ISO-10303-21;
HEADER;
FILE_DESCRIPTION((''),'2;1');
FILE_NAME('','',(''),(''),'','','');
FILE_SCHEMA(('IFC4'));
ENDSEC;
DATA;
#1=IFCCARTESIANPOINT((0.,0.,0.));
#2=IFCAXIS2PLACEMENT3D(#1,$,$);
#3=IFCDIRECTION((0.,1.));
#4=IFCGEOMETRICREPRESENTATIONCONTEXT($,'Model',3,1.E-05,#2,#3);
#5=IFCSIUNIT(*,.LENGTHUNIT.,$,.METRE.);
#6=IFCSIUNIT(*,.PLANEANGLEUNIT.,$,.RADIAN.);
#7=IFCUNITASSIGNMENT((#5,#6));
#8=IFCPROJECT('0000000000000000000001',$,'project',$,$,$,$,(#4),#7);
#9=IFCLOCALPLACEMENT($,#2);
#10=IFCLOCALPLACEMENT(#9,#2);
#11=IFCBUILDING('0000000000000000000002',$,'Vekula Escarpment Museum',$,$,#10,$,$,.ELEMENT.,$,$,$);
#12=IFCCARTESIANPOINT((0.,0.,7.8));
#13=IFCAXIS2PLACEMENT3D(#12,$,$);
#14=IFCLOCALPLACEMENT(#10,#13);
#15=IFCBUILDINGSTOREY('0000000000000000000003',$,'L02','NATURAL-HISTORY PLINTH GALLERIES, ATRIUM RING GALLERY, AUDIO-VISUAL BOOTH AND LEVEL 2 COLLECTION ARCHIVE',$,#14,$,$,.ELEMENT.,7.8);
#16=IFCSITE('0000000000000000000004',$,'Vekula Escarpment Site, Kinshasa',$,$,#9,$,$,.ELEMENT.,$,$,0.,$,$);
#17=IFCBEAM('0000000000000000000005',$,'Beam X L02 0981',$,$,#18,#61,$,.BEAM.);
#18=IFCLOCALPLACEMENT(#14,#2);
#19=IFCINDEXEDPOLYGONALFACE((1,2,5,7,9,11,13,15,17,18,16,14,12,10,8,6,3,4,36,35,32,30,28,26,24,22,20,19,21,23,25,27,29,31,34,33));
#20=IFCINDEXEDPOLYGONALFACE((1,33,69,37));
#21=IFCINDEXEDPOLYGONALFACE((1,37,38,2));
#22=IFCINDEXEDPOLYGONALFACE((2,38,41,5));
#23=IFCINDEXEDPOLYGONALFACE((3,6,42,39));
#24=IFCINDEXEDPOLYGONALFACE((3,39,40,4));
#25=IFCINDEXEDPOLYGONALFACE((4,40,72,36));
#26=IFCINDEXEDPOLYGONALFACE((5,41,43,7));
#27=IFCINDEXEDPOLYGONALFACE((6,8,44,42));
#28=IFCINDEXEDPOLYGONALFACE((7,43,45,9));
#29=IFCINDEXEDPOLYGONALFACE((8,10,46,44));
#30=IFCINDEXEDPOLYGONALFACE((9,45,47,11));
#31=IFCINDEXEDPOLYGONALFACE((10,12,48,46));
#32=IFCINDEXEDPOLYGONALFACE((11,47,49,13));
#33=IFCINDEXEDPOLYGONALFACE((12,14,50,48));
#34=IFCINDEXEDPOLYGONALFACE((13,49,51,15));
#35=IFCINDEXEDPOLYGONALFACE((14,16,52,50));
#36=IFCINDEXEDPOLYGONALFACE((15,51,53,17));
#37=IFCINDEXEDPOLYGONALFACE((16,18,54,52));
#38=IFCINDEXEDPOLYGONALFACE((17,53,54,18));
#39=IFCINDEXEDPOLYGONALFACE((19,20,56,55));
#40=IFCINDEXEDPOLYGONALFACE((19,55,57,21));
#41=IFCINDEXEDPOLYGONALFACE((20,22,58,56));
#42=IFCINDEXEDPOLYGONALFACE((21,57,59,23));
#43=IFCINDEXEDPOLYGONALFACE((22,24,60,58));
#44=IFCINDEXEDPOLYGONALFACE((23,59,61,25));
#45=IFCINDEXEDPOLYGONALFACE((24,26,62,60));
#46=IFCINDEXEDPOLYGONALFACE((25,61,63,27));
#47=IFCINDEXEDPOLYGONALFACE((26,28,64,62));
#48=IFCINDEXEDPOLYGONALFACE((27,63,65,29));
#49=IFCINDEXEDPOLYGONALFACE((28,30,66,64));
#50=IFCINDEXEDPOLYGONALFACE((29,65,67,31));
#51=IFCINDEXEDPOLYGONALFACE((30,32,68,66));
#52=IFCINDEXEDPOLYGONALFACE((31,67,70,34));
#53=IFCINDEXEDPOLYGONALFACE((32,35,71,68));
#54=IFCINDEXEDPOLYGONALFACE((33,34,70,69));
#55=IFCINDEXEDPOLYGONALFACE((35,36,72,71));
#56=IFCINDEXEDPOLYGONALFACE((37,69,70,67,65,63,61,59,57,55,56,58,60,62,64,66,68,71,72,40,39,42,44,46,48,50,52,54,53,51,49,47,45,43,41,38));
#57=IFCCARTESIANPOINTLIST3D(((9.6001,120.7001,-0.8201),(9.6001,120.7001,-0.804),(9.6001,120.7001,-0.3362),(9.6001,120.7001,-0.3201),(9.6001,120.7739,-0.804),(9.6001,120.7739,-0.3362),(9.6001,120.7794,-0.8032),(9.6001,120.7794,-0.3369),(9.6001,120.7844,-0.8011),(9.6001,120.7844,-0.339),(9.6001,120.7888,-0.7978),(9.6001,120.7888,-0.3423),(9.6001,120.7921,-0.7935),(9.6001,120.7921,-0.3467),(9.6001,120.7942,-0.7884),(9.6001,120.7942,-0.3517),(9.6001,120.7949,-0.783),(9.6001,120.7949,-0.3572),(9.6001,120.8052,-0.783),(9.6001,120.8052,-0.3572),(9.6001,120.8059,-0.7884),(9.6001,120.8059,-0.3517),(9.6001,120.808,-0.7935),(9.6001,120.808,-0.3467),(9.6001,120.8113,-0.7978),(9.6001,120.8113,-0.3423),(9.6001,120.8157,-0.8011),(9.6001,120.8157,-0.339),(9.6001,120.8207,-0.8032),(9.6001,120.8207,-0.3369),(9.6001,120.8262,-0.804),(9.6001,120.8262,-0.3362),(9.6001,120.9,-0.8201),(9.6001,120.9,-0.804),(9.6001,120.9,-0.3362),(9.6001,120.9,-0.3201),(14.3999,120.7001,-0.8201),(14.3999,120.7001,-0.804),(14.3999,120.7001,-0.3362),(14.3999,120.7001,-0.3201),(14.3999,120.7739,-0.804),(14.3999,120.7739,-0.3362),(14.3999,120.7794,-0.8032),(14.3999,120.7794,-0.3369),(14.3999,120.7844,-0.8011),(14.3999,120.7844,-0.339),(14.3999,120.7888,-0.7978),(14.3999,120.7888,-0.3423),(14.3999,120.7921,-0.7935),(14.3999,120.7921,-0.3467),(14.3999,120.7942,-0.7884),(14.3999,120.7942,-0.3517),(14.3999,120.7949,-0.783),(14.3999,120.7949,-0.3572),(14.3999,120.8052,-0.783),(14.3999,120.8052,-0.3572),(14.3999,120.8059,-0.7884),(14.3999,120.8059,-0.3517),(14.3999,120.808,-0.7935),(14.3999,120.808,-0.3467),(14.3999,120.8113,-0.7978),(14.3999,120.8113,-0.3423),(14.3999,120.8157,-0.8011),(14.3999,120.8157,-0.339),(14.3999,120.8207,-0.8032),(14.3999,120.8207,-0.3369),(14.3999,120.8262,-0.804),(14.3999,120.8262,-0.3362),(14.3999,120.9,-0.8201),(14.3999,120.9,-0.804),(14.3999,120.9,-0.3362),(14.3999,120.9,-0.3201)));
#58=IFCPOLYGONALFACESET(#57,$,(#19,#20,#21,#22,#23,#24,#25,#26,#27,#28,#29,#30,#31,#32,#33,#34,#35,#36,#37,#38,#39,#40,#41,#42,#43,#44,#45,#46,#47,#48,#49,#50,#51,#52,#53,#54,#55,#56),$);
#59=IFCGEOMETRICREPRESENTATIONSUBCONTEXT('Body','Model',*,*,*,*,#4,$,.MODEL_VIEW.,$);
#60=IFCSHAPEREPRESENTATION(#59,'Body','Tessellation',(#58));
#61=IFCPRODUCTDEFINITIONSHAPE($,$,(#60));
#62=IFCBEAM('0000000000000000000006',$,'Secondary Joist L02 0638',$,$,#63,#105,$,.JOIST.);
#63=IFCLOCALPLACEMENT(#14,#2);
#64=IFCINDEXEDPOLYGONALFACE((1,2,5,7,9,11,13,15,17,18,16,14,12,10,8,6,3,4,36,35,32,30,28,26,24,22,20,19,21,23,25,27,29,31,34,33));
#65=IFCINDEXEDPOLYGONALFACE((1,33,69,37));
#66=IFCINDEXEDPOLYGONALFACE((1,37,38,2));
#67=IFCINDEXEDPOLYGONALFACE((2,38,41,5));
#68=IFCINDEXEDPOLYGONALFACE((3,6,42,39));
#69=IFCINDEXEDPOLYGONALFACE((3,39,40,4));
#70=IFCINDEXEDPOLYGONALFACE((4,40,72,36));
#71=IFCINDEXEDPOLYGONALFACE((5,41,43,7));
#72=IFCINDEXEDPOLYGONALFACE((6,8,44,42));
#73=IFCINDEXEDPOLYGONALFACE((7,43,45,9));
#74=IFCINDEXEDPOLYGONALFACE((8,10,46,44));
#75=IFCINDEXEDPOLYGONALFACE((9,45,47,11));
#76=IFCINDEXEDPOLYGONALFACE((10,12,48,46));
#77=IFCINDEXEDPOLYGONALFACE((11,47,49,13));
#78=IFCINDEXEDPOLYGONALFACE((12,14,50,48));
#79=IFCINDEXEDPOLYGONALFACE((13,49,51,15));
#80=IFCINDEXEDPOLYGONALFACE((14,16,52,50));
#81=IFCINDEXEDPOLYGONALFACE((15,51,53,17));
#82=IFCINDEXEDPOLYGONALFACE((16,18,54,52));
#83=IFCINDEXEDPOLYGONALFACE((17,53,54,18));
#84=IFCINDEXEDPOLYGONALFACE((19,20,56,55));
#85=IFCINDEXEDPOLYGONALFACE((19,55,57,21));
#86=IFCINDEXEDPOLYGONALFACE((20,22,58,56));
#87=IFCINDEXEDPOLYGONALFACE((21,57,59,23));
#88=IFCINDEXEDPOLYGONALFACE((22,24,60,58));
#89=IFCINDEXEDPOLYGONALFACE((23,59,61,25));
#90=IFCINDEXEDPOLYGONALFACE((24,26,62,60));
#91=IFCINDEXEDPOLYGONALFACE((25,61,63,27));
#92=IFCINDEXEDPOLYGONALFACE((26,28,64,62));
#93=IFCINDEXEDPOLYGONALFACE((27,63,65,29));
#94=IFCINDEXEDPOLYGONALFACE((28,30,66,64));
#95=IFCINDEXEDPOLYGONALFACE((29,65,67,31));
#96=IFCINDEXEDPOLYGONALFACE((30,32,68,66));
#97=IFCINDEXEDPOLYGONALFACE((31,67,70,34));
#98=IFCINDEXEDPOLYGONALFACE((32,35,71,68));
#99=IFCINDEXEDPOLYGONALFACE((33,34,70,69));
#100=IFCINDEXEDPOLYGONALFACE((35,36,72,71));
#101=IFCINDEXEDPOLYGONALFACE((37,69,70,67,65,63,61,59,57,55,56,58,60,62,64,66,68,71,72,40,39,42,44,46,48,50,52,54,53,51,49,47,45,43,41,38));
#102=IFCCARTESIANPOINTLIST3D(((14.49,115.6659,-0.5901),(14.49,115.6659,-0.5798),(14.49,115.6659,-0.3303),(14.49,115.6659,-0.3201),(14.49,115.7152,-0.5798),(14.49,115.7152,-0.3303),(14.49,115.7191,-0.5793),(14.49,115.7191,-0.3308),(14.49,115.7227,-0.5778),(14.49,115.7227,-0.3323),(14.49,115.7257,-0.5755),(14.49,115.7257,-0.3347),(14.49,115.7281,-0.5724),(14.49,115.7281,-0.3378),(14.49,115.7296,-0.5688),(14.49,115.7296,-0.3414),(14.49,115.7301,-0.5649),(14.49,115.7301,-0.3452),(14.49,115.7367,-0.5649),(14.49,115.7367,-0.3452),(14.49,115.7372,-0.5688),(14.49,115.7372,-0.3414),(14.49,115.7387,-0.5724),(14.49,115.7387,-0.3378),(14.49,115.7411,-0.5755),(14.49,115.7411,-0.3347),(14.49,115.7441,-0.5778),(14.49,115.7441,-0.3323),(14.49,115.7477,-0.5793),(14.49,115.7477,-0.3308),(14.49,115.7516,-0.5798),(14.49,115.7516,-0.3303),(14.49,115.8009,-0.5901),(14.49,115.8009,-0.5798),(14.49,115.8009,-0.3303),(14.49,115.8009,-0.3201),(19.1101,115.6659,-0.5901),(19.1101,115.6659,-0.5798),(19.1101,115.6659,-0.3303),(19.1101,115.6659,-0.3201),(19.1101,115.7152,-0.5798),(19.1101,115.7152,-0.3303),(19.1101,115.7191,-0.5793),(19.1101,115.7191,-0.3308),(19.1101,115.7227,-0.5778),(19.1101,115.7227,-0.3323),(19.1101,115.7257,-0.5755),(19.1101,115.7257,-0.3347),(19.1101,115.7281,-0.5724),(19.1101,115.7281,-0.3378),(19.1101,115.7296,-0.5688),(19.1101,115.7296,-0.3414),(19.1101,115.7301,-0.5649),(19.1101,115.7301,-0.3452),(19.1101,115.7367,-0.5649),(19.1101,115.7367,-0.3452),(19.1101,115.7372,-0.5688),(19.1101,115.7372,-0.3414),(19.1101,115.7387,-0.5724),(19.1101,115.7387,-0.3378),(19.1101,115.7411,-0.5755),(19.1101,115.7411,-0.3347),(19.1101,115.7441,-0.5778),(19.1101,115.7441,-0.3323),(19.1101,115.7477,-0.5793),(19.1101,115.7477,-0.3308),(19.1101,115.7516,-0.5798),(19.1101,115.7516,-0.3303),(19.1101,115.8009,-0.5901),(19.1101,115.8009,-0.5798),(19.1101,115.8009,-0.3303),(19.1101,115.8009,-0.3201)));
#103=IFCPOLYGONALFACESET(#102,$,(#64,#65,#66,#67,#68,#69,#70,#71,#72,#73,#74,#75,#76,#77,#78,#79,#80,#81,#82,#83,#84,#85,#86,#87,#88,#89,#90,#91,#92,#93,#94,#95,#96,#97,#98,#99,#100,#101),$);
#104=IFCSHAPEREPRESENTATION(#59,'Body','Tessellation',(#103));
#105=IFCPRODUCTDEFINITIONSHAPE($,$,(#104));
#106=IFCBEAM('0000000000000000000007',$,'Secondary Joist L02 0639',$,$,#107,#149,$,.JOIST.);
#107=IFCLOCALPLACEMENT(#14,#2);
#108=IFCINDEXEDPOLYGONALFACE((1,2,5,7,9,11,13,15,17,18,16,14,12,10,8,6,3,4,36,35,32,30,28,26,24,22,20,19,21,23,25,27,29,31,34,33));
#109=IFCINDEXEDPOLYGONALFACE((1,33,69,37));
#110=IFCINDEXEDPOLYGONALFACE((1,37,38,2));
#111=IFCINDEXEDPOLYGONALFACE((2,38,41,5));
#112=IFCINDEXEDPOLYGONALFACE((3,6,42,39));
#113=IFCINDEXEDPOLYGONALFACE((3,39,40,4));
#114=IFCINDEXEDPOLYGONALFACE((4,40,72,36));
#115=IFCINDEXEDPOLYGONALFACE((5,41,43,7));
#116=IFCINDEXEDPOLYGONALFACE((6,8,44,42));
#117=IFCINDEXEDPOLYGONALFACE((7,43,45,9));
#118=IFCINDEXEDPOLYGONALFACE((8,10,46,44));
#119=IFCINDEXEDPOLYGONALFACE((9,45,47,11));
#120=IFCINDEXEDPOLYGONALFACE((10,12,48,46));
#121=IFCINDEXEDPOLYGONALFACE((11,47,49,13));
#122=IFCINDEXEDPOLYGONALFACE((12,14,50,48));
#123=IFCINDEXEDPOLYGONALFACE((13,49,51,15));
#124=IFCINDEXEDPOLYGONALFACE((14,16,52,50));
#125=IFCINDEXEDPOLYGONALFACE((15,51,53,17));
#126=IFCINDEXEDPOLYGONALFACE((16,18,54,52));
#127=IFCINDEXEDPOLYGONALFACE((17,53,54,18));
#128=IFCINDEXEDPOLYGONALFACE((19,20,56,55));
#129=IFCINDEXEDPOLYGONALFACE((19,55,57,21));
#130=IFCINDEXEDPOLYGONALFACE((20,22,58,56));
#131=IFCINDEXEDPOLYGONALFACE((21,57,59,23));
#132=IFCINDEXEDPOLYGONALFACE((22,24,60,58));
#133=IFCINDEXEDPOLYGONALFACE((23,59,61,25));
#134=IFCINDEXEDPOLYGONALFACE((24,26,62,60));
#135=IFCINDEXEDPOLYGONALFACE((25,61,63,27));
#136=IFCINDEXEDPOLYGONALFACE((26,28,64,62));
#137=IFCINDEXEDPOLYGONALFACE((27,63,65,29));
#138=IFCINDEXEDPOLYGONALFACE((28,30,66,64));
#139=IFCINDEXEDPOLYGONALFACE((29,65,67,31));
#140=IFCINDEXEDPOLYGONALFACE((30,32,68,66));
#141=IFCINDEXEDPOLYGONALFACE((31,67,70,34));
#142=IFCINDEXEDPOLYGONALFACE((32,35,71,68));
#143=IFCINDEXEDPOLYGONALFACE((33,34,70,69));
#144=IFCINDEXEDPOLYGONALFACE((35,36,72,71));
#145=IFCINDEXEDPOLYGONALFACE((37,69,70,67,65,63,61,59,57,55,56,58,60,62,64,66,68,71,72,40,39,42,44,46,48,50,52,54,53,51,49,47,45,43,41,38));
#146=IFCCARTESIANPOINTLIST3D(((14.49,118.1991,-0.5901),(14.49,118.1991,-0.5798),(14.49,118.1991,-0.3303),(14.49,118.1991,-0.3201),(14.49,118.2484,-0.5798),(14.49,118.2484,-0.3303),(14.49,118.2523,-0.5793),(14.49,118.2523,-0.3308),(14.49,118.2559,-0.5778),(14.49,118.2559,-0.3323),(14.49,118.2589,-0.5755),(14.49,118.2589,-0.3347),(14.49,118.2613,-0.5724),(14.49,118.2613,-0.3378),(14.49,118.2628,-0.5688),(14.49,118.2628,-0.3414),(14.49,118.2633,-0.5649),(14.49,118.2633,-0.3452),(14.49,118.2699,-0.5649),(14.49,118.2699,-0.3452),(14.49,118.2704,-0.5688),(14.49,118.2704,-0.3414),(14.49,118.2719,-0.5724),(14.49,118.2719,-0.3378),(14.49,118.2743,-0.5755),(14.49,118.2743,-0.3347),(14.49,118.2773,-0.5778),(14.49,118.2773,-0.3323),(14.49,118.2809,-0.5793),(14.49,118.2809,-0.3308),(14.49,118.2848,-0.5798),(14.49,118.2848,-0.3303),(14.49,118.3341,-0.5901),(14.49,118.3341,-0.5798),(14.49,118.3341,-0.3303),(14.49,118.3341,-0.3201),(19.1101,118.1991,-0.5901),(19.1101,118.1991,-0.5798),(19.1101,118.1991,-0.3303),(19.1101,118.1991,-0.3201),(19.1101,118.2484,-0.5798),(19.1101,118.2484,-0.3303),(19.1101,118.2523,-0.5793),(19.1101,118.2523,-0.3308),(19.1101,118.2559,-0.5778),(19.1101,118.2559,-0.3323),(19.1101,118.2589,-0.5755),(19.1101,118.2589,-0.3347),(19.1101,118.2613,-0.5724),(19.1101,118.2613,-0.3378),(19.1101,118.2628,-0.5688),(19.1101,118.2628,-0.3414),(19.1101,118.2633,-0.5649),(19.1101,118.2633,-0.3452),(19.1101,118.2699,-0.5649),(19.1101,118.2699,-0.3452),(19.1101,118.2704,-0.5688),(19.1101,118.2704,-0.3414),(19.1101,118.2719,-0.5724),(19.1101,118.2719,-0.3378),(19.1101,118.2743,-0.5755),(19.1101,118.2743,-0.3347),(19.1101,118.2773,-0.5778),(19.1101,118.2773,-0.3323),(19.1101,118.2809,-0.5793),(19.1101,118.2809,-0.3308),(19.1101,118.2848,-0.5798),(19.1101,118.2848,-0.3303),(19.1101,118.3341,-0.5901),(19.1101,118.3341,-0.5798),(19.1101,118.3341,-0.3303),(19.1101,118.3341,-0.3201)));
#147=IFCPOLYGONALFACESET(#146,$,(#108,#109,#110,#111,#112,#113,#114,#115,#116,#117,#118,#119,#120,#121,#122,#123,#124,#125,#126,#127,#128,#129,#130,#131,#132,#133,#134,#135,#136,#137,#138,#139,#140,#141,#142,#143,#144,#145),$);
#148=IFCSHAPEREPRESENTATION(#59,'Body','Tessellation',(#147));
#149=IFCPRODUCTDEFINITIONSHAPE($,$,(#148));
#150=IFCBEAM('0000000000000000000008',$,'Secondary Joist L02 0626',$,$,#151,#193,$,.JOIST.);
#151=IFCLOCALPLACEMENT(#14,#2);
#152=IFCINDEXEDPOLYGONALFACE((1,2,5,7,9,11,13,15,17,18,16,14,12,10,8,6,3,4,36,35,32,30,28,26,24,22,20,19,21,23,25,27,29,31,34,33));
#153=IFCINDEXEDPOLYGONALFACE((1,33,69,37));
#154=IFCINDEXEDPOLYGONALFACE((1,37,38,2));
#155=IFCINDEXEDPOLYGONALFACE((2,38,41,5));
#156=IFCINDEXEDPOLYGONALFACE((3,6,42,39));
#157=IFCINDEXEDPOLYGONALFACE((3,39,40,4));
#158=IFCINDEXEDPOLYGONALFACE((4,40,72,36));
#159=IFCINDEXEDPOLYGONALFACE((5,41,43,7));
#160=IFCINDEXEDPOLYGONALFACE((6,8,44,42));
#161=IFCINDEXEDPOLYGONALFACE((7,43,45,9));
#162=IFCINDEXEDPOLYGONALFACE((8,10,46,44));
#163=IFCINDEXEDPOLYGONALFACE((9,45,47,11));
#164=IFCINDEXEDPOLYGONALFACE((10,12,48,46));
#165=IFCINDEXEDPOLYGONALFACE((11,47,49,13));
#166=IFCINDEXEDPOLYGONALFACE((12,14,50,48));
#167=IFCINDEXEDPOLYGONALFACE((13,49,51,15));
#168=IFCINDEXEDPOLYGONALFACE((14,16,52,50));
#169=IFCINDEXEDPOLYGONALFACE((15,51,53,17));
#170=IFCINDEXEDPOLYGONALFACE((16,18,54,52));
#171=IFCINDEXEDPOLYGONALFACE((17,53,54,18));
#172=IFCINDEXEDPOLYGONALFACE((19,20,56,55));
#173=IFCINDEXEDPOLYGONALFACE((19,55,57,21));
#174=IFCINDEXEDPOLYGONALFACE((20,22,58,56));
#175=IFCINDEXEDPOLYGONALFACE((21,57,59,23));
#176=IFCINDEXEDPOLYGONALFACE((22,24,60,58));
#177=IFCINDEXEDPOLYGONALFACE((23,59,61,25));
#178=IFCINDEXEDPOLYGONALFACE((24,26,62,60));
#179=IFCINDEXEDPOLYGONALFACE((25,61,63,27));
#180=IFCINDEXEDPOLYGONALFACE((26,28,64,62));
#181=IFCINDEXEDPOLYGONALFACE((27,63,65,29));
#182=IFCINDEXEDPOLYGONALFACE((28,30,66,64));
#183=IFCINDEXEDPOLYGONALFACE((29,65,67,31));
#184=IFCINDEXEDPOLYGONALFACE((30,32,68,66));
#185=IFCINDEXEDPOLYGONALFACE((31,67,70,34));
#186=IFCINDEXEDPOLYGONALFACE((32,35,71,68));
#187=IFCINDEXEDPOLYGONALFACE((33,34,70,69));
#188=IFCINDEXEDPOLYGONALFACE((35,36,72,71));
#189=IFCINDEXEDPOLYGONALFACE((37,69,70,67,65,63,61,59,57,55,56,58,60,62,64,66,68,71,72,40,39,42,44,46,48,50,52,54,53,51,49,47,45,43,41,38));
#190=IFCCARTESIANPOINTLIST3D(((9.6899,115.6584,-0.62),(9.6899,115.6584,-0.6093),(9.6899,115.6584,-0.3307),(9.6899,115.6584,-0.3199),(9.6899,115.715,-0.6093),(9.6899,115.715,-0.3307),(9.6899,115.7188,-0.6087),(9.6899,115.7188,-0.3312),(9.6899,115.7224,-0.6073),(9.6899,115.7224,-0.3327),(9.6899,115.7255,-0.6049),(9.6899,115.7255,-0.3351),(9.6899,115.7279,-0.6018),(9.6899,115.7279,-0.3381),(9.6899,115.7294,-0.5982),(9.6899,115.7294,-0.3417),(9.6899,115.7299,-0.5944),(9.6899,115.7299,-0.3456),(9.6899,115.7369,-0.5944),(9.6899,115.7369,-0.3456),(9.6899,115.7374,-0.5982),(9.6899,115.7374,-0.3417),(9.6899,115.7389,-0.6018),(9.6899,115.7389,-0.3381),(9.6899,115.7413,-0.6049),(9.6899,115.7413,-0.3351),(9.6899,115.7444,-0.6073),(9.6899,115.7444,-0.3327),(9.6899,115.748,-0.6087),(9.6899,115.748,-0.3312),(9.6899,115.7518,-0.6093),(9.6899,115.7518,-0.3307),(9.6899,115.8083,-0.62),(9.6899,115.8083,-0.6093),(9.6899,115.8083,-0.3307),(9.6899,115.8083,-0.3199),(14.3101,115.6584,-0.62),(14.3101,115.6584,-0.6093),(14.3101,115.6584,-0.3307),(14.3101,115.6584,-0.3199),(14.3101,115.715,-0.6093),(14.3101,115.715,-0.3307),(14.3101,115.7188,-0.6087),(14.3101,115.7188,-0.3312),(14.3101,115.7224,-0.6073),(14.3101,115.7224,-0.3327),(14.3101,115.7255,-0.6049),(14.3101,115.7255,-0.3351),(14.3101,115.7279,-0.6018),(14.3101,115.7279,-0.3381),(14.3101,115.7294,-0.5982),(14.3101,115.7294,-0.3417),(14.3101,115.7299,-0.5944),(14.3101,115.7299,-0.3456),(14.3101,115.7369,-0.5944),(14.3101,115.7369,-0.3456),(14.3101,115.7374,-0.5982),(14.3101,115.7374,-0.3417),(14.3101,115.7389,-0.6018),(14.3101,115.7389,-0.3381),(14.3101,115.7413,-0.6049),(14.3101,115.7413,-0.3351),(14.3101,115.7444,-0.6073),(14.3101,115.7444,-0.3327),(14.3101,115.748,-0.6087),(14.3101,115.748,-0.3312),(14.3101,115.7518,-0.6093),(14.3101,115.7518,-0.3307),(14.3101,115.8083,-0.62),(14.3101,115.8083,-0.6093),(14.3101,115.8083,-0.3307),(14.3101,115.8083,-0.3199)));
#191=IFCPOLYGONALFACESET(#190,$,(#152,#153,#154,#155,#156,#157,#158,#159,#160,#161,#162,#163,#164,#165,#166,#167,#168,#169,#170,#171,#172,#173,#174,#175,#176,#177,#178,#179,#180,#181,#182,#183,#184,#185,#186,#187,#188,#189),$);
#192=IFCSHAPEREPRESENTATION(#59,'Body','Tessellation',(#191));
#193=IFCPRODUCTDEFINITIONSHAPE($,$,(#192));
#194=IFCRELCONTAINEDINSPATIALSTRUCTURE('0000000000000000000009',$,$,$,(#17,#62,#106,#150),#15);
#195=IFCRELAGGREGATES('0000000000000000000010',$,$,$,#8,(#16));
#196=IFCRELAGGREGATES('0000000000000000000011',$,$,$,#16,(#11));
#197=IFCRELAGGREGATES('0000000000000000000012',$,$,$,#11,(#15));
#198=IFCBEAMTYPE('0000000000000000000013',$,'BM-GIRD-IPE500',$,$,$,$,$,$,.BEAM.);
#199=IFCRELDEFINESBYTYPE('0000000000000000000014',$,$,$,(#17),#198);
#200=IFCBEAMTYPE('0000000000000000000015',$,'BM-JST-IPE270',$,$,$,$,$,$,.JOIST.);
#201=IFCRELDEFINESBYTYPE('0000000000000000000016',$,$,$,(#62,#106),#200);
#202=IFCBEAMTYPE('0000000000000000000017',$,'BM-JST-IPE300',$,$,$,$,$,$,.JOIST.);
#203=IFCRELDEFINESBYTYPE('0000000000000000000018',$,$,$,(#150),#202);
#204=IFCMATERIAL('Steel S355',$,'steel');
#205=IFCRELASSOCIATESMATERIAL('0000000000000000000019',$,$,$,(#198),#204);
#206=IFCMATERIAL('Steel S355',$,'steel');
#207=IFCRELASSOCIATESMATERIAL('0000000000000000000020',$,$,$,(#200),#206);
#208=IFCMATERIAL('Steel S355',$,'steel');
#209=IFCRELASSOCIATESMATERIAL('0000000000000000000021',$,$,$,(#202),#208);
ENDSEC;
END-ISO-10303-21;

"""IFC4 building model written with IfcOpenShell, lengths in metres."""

from ifc_helpers import new_model, si_unit, direction, frame, origin, origin_2d, place, context, subcontext, project, spatial, i_section, extrude, material, material_profile, profile_set, type_object, element, save


model = new_model("IFC4")

# Units and contexts
model_context = context("Model", 3, precision=1e-05, world=origin(), true_north=direction((0.0, 1.0)))
body_context = subcontext(model_context, "Body", "Model", "MODEL_VIEW")
ifc_project = project(units=[si_unit("LENGTHUNIT", "METRE"), si_unit("PLANEANGLEUNIT", "RADIAN")], contexts=[model_context])

# Site, building, storey
site_placement = place(None, origin())
site = spatial("IfcSite", under=ifc_project, at=site_placement, Name="Vekula Escarpment Site, Kinshasa", CompositionType="ELEMENT", RefElevation=0.0)
building_placement = place(site_placement, origin())
building = spatial("IfcBuilding", under=site, at=building_placement, Name="Vekula Escarpment Museum", CompositionType="ELEMENT")
storey_placement = place(building_placement, frame((0.0, 0.0, 7.8)))
storey = spatial("IfcBuildingStorey", under=building, at=storey_placement, Name="L02", Description="NATURAL-HISTORY PLINTH GALLERIES, ATRIUM RING GALLERY, AUDIO-VISUAL BOOTH AND LEVEL 2 COLLECTION ARCHIVE", CompositionType="ELEMENT", Elevation=7.8)

# Beams
ifc_material_1 = material(Name="Steel S355", Category="steel")
ifc_material_profile_1 = material_profile(ifc_material_1, i_section(OverallWidth=0.2, OverallDepth=0.5, WebThickness=0.0103, FlangeThickness=0.0161, FilletRadius=0.021, at=origin_2d()), Name="IPE 500")
ifc_profile_set_1 = profile_set([ifc_material_profile_1], Name="Steel S355")
beam_type_1 = type_object("IfcBeamType", Name="BM-GIRD-IPE500", PredefinedType="BEAM", material=ifc_profile_set_1)
beam_1_placement = place(storey_placement, frame((9.6001, 120.8, -0.5701), z_axis=(1.0, 0.0, 0.0), x_axis=(0.0, 1.0, 0.0)))
element("IfcBeam", 1, at=beam_1_placement, inside=storey, type_object=beam_type_1, Name="Beam X L02 0981", PredefinedType="BEAM", context=body_context, shape_type="SweptSolid", body=[
    extrude(i_section(OverallWidth=0.2, OverallDepth=0.5, WebThickness=0.0103, FlangeThickness=0.0161, FilletRadius=0.021, at=origin_2d()), origin(), (0.0, 0.0, 1.0), 4.7998),
])
ifc_material_2 = material(Name="Steel S355", Category="steel")
ifc_material_profile_2 = material_profile(ifc_material_2, i_section(OverallWidth=0.135, OverallDepth=0.27, WebThickness=0.0066, FlangeThickness=0.0103, FilletRadius=0.0149, at=origin_2d()), Name="IPE 270")
ifc_profile_set_2 = profile_set([ifc_material_profile_2], Name="Steel S355")
beam_type_2 = type_object("IfcBeamType", Name="BM-JST-IPE270", PredefinedType="JOIST", material=ifc_profile_set_2)
for number, where, z_axis, x_axis, name in (
    (2, (14.49, 115.7334, -0.4551), (1.0, 0.0, 0.0), (0.0, 1.0, 0.0), "Secondary Joist L02 0638"),
    (3, (14.49, 118.2666, -0.4551), (1.0, 0.0, 0.0), (0.0, 1.0, 0.0), "Secondary Joist L02 0639"),
):
    element("IfcBeam", number, at=place(storey_placement, frame(where, z_axis=z_axis, x_axis=x_axis)), inside=storey, type_object=beam_type_2, Name=name, PredefinedType="JOIST", context=body_context, shape_type="SweptSolid", body=[
        extrude(i_section(OverallWidth=0.135, OverallDepth=0.27, WebThickness=0.0066, FlangeThickness=0.0103, FilletRadius=0.0149, at=origin_2d()), origin(), (0.0, 0.0, 1.0), 4.6201),
    ])
ifc_material_3 = material(Name="Steel S355", Category="steel")
ifc_material_profile_3 = material_profile(ifc_material_3, i_section(OverallWidth=0.1499, OverallDepth=0.3, WebThickness=0.0071, FlangeThickness=0.0107, FilletRadius=0.0149, at=origin_2d()), Name="IPE 300")
ifc_profile_set_3 = profile_set([ifc_material_profile_3], Name="Steel S355")
beam_type_3 = type_object("IfcBeamType", Name="BM-JST-IPE300", PredefinedType="JOIST", material=ifc_profile_set_3)
for number, where, z_axis, x_axis, name in (
    (4, (9.6899, 115.7334, -0.47), (1.0, 0.0, 0.0), (0.0, 1.0, 0.0), "Secondary Joist L02 0626"),
):
    element("IfcBeam", number, at=place(storey_placement, frame(where, z_axis=z_axis, x_axis=x_axis)), inside=storey, type_object=beam_type_3, Name=name, PredefinedType="JOIST", context=body_context, shape_type="SweptSolid", body=[
        extrude(i_section(OverallWidth=0.1499, OverallDepth=0.3, WebThickness=0.0071, FlangeThickness=0.0107, FilletRadius=0.0149, at=origin_2d()), origin(), (0.0, 0.0, 1.0), 4.6201),
    ])

save(model, "model.ifc")
